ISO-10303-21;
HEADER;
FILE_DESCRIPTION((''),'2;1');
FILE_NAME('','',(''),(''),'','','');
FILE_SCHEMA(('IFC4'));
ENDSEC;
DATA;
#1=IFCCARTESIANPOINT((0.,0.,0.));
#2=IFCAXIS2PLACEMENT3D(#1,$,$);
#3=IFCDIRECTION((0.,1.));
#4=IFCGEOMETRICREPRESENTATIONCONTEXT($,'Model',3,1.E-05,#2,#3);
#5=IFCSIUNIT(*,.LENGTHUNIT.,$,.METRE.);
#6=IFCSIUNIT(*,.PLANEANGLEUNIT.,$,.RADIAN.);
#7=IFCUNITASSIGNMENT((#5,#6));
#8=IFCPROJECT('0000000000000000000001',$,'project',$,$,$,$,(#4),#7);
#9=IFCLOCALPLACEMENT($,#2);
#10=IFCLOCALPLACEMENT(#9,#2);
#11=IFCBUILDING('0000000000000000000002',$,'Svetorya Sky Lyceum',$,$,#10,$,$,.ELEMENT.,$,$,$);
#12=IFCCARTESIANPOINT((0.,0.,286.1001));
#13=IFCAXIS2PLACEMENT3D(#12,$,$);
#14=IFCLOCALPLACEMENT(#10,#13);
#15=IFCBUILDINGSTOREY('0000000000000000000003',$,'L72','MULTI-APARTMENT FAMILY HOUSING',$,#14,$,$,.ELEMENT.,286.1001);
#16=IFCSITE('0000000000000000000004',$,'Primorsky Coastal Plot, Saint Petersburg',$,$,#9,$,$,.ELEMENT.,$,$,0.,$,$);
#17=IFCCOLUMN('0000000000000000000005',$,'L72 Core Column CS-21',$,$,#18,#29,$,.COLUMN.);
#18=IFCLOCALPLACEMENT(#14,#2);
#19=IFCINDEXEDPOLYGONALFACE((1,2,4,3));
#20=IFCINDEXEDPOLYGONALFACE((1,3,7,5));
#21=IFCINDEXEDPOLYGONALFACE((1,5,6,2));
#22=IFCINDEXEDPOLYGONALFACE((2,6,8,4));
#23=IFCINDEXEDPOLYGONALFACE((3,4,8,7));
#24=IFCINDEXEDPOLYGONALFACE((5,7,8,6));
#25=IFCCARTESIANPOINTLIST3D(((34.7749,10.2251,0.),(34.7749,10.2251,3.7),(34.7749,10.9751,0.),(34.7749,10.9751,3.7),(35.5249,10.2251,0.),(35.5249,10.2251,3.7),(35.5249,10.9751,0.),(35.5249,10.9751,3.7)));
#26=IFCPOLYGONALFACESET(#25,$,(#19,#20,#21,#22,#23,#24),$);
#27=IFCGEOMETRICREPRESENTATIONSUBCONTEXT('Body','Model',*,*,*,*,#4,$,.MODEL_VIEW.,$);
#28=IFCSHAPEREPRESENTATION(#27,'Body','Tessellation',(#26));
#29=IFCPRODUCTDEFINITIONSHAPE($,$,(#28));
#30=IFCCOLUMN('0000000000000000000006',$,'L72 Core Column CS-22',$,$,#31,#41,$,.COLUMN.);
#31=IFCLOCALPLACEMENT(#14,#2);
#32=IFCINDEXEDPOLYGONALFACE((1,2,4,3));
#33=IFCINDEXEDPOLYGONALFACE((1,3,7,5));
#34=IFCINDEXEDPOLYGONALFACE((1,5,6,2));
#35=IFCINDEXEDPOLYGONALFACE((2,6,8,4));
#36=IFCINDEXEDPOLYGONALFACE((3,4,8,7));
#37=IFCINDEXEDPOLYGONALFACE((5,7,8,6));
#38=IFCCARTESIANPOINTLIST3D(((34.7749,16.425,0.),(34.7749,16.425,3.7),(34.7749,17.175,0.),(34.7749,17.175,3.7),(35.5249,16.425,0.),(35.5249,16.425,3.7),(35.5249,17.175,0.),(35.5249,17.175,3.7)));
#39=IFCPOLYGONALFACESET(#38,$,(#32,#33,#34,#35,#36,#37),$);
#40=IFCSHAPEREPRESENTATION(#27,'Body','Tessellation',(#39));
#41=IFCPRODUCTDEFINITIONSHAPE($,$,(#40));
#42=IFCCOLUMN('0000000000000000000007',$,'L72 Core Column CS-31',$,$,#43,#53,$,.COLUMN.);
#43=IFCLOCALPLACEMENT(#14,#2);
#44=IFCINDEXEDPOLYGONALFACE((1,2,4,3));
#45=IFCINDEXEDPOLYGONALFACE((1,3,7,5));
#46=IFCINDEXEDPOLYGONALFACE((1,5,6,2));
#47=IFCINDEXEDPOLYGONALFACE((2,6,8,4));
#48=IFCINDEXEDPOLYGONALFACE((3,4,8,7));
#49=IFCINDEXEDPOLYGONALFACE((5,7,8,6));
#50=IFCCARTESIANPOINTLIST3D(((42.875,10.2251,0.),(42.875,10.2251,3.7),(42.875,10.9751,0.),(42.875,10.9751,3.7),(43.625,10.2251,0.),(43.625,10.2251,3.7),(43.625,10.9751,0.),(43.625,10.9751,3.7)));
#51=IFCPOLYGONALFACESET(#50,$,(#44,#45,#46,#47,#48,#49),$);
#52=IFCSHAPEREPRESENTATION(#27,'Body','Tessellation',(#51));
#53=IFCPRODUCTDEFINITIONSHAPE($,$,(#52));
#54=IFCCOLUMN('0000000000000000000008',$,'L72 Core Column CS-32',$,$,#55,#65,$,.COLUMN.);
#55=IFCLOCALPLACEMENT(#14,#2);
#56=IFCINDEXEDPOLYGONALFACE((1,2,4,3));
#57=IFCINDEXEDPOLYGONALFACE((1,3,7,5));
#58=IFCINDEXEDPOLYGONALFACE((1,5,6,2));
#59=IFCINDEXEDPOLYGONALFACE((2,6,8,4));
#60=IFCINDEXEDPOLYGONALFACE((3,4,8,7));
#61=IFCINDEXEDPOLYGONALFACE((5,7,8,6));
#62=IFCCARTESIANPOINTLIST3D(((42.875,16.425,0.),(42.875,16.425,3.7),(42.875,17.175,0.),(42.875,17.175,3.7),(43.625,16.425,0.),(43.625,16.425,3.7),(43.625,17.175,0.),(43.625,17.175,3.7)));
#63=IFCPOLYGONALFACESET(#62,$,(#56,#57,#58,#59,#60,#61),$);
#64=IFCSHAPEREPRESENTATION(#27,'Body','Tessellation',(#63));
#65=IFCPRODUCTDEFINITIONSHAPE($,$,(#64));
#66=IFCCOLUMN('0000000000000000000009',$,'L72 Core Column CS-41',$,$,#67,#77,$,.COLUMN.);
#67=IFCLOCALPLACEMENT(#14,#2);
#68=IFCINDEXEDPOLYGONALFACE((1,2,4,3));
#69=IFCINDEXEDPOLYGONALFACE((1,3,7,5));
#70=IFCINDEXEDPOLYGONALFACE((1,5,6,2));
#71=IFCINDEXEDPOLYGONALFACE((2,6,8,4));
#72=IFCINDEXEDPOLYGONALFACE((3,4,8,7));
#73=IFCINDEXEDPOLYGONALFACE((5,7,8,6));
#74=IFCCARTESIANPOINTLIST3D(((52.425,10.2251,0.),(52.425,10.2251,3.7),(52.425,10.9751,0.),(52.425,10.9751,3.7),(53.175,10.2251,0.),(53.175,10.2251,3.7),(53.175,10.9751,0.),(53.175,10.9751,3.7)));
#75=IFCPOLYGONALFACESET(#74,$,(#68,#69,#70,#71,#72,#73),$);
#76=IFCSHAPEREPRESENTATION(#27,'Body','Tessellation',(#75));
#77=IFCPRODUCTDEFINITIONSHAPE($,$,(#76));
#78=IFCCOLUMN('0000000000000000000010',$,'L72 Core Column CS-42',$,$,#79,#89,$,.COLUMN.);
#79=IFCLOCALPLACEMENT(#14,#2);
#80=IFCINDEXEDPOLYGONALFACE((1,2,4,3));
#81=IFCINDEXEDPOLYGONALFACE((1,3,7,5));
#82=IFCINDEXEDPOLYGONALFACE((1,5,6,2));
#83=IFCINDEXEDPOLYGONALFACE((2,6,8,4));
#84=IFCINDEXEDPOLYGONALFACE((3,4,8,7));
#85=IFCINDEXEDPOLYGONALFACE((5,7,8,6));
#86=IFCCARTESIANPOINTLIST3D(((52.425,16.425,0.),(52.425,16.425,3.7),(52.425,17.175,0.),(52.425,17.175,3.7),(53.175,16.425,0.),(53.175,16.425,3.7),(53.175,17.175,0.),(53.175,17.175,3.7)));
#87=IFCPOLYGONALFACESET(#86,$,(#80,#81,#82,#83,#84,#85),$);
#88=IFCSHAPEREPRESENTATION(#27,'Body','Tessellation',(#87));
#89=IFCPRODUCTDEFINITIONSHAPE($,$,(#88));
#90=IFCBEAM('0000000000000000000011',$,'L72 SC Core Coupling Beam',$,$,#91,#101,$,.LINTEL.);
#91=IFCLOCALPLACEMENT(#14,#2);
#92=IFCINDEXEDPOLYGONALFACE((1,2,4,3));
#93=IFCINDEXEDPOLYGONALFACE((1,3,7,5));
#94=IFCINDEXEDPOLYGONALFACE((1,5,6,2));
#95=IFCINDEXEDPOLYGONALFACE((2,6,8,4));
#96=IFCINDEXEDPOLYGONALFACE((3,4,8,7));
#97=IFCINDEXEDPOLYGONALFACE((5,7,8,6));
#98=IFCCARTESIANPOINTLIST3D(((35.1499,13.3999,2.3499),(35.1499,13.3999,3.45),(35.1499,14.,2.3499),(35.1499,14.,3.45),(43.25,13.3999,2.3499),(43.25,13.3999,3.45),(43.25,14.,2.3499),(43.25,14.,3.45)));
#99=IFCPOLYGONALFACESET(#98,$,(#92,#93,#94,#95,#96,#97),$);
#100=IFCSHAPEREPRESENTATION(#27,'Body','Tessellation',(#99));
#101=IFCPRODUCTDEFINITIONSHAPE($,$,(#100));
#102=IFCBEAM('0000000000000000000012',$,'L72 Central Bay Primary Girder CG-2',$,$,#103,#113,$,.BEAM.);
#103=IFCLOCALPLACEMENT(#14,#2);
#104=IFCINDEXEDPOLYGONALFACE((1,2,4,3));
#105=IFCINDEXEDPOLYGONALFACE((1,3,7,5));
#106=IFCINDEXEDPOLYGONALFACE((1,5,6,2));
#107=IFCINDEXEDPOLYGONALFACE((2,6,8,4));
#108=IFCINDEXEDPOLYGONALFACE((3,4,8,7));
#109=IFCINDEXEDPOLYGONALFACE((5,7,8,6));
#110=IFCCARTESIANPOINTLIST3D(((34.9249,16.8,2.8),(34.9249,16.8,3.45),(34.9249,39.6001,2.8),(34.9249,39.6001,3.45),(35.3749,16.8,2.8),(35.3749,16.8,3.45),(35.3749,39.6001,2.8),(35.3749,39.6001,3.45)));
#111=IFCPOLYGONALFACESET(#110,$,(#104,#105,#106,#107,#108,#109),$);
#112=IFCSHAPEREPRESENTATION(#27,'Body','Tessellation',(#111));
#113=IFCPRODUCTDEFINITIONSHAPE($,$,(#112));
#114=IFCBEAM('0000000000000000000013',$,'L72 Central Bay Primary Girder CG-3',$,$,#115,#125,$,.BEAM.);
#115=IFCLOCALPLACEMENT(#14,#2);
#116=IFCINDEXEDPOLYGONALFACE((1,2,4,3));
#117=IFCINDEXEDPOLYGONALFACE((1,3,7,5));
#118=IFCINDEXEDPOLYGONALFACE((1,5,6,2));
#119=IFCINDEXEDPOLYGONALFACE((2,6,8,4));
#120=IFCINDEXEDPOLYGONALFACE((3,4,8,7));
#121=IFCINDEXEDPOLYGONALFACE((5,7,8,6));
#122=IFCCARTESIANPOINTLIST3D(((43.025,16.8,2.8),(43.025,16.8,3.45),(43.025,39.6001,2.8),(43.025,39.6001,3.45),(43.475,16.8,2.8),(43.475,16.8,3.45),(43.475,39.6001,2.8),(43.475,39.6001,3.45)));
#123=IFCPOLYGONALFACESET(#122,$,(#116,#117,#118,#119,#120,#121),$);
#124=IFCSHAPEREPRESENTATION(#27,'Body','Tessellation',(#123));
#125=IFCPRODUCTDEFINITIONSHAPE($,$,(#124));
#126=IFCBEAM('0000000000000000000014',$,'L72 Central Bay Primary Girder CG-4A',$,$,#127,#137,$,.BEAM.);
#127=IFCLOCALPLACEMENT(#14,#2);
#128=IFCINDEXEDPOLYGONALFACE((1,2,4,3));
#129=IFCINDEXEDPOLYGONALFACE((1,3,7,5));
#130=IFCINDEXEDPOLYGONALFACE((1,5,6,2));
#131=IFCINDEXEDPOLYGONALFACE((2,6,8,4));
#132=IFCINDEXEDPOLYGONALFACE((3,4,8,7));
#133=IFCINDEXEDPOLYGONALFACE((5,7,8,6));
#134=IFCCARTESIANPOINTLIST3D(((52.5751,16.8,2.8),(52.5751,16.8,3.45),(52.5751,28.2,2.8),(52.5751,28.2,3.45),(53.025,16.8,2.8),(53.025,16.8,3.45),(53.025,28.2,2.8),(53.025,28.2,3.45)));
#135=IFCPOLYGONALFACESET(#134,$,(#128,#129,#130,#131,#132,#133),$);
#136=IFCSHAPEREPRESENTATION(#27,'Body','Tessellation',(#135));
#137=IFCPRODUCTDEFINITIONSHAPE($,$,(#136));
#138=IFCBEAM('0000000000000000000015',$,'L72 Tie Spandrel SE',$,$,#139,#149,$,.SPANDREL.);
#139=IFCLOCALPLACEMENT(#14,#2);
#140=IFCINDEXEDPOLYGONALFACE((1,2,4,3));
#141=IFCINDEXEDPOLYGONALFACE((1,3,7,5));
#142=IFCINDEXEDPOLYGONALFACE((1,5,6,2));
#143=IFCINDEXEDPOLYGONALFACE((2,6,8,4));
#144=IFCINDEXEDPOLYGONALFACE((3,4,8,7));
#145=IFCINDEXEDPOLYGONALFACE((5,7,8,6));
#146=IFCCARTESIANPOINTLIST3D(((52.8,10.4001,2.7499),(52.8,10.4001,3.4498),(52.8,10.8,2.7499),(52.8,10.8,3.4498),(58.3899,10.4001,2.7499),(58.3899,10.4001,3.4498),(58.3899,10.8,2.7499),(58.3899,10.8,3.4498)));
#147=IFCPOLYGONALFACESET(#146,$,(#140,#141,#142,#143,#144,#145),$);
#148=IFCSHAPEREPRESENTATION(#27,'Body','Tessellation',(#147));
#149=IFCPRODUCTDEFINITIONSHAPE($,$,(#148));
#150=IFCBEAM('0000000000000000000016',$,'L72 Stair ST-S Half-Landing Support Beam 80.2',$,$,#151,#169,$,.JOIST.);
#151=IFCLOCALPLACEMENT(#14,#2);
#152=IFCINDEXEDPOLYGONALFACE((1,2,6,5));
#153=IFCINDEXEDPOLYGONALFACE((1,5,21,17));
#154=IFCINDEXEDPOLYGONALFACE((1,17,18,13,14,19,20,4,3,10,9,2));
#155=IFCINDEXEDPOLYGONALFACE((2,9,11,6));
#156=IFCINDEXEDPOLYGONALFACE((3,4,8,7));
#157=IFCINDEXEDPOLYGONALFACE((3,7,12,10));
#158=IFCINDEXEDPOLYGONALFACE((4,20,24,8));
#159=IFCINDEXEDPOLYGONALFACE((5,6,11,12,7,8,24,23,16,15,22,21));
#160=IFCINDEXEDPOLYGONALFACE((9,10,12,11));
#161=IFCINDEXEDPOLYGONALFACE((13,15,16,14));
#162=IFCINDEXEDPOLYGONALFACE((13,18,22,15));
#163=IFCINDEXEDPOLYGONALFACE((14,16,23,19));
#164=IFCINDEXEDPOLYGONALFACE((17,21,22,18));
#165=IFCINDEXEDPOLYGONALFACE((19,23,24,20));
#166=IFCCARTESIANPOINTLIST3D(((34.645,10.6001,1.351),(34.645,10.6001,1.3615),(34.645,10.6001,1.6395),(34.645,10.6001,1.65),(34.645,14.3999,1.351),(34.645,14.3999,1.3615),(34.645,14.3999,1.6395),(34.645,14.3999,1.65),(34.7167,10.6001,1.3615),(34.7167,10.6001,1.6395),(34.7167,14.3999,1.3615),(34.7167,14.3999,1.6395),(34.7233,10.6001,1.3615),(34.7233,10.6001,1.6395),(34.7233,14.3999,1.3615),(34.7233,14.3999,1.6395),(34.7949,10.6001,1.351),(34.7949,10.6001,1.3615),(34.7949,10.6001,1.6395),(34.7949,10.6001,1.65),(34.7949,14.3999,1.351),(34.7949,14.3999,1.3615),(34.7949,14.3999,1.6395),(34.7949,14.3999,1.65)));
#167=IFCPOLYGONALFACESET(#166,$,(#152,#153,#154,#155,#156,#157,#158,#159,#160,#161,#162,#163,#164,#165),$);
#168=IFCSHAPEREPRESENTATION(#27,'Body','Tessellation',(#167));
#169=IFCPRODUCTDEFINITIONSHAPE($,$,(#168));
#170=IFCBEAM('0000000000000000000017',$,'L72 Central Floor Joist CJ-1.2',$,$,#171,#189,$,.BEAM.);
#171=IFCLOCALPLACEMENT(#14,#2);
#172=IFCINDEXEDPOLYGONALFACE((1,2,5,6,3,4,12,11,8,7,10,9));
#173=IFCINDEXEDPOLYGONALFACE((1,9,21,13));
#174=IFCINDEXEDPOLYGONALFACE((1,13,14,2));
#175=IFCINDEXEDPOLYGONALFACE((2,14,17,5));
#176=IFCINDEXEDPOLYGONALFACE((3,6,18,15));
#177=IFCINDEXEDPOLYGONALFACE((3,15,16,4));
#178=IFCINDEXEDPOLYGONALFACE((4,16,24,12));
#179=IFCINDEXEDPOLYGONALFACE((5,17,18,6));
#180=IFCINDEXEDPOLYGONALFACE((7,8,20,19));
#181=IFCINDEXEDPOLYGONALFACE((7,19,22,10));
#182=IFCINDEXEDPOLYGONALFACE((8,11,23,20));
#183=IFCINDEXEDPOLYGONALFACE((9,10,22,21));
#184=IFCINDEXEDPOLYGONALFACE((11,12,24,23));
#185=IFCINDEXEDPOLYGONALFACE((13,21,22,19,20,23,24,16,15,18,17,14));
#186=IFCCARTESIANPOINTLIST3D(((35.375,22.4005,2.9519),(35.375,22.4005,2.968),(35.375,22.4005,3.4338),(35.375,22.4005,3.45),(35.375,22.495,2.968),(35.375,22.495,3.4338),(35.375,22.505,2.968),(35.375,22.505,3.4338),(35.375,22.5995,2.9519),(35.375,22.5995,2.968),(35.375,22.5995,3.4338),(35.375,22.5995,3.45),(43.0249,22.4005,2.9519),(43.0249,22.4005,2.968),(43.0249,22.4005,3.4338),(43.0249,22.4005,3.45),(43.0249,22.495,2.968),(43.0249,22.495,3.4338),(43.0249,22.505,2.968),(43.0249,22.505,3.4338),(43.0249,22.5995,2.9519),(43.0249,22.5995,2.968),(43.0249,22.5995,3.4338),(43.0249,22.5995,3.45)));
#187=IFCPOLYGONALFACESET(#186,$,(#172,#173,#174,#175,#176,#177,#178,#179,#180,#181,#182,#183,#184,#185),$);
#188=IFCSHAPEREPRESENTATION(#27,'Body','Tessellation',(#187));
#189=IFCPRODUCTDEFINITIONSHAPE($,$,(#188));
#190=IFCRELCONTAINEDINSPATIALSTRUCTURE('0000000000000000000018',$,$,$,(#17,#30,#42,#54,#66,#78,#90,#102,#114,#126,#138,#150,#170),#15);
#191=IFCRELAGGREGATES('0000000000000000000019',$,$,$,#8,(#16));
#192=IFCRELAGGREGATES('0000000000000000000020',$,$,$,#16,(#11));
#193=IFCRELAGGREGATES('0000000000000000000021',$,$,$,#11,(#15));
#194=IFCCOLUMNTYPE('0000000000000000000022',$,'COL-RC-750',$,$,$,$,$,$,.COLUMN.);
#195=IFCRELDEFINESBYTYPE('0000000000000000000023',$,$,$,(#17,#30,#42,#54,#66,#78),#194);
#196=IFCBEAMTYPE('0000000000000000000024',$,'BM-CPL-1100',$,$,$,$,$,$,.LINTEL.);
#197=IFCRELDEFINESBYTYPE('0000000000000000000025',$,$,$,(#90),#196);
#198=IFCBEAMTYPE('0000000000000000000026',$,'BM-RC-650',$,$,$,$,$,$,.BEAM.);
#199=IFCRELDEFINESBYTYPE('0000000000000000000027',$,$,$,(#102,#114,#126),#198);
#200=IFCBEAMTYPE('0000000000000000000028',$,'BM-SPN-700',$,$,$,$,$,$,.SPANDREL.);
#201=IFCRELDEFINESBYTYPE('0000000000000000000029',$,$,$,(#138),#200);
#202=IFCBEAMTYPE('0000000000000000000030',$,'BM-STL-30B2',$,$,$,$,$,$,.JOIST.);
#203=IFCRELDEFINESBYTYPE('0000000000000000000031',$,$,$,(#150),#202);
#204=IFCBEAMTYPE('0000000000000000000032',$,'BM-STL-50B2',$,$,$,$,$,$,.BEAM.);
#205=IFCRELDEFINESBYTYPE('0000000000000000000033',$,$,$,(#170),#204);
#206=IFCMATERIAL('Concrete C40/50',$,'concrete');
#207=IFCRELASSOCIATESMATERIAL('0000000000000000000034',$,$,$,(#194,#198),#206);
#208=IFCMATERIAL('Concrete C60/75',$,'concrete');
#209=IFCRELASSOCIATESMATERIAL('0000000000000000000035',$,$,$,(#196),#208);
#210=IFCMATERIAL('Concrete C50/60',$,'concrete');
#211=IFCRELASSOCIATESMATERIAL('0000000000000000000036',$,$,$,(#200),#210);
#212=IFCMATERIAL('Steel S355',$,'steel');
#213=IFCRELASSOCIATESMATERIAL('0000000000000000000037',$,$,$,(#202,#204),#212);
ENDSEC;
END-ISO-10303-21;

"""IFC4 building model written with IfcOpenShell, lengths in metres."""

from ifc_helpers import new_model, si_unit, direction, frame, origin, origin_2d, place, context, subcontext, project, spatial, rectangle, i_section, extrude, material, material_profile, profile_set, type_object, element, save


model = new_model("IFC4")

# Units and contexts
model_context = context("Model", 3, precision=1e-05, world=origin(), true_north=direction((0.0, 1.0)))
body_context = subcontext(model_context, "Body", "Model", "MODEL_VIEW")
ifc_project = project(units=[si_unit("LENGTHUNIT", "METRE"), si_unit("PLANEANGLEUNIT", "RADIAN")], contexts=[model_context])

# Site, building, storey
site_placement = place(None, origin())
site = spatial("IfcSite", under=ifc_project, at=site_placement, Name="Primorsky Coastal Plot, Saint Petersburg", CompositionType="ELEMENT", RefElevation=0.0)
building_placement = place(site_placement, origin())
building = spatial("IfcBuilding", under=site, at=building_placement, Name="Svetorya Sky Lyceum", CompositionType="ELEMENT")
storey_placement = place(building_placement, frame((0.0, 0.0, 286.1001)))
storey = spatial("IfcBuildingStorey", under=building, at=storey_placement, Name="L72", Description="MULTI-APARTMENT FAMILY HOUSING", CompositionType="ELEMENT", Elevation=286.1001)

# Columns
ifc_material_1 = material(Name="Concrete C40/50", Category="concrete")
ifc_material_profile_1 = material_profile(ifc_material_1, rectangle(XDim=0.75, YDim=0.75, at=origin_2d()), Name="RC COL 750x750")
ifc_profile_set_1 = profile_set([ifc_material_profile_1], Name="Concrete C40/50")
column_type = type_object("IfcColumnType", Name="COL-RC-750", PredefinedType="COLUMN", material=ifc_profile_set_1)
for number, where, z_axis, x_axis, name in (
    (1, (35.1499, 10.6001, 0.0), (0.0, 0.0, 1.0), (1.0, 0.0, 0.0), "L72 Core Column CS-21"),
    (2, (35.1499, 16.8, 0.0), (0.0, 0.0, 1.0), (1.0, 0.0, 0.0), "L72 Core Column CS-22"),
    (3, (43.25, 10.6001, 0.0), (0.0, 0.0, 1.0), (1.0, 0.0, 0.0), "L72 Core Column CS-31"),
    (4, (43.25, 16.8, 0.0), (0.0, 0.0, 1.0), (1.0, 0.0, 0.0), "L72 Core Column CS-32"),
    (5, (52.8, 10.6001, 0.0), (0.0, 0.0, 1.0), (1.0, 0.0, 0.0), "L72 Core Column CS-41"),
    (6, (52.8, 16.8, 0.0), (0.0, 0.0, 1.0), (1.0, 0.0, 0.0), "L72 Core Column CS-42"),
):
    element("IfcColumn", number, at=place(storey_placement, frame(where, z_axis=z_axis, x_axis=x_axis)), inside=storey, type_object=column_type, Name=name, PredefinedType="COLUMN", context=body_context, shape_type="SweptSolid", body=[
        extrude(rectangle(XDim=0.75, YDim=0.75, at=origin_2d()), origin(), (0.0, 0.0, 1.0), 3.7),
    ])

# Beams
ifc_material_2 = material(Name="Concrete C60/75", Category="concrete")
ifc_material_profile_2 = material_profile(ifc_material_2, rectangle(XDim=0.6001, YDim=1.1001, at=origin_2d()), Name="RC COUPLING 600x1100")
ifc_profile_set_2 = profile_set([ifc_material_profile_2], Name="Concrete C60/75")
beam_type_1 = type_object("IfcBeamType", Name="BM-CPL-1100", PredefinedType="LINTEL", material=ifc_profile_set_2)
beam_1_placement = place(storey_placement, frame((35.1499, 13.7, 2.8999), z_axis=(1.0, 0.0, 0.0), x_axis=(0.0, 1.0, 0.0)))
element("IfcBeam", 7, at=beam_1_placement, inside=storey, type_object=beam_type_1, Name="L72 SC Core Coupling Beam", PredefinedType="LINTEL", context=body_context, shape_type="SweptSolid", body=[
    extrude(rectangle(XDim=0.6001, YDim=1.1001, at=origin_2d()), origin(), (0.0, 0.0, 1.0), 8.1001),
])
ifc_material_profile_3 = material_profile(ifc_material_1, rectangle(XDim=0.45, YDim=0.6499, at=origin_2d()), Name="RC BEAM 450x650")
ifc_profile_set_3 = profile_set([ifc_material_profile_3], Name="Concrete C40/50")
beam_type_2 = type_object("IfcBeamType", Name="BM-RC-650", PredefinedType="BEAM", material=ifc_profile_set_3)
for number, where, z_axis, x_axis, name in (
    (8, (35.1499, 16.8, 3.125), (0.0, 1.0, 0.0), (-1.0, 0.0, 0.0), "L72 Central Bay Primary Girder CG-2"),
    (9, (43.25, 16.8, 3.125), (0.0, 1.0, 0.0), (-1.0, 0.0, 0.0), "L72 Central Bay Primary Girder CG-3"),
):
    element("IfcBeam", number, at=place(storey_placement, frame(where, z_axis=z_axis, x_axis=x_axis)), inside=storey, type_object=beam_type_2, Name=name, PredefinedType="BEAM", context=body_context, shape_type="SweptSolid", body=[
        extrude(rectangle(XDim=0.45, YDim=0.6499, at=origin_2d()), origin(), (0.0, 0.0, 1.0), 22.8),
    ])
beam_2_placement = place(storey_placement, frame((52.8, 16.8, 3.125), z_axis=(0.0, 1.0, 0.0), x_axis=(-1.0, 0.0, 0.0)))
element("IfcBeam", 10, at=beam_2_placement, inside=storey, type_object=beam_type_2, Name="L72 Central Bay Primary Girder CG-4A", PredefinedType="BEAM", context=body_context, shape_type="SweptSolid", body=[
    extrude(rectangle(XDim=0.45, YDim=0.6499, at=origin_2d()), origin(), (0.0, 0.0, 1.0), 11.3999),
])
ifc_material_3 = material(Name="Concrete C50/60", Category="concrete")
ifc_material_profile_4 = material_profile(ifc_material_3, rectangle(XDim=0.3999, YDim=0.7, at=origin_2d()), Name="RC SPANDREL 400x700")
ifc_profile_set_4 = profile_set([ifc_material_profile_4], Name="Concrete C50/60")
beam_type_3 = type_object("IfcBeamType", Name="BM-SPN-700", PredefinedType="SPANDREL", material=ifc_profile_set_4)
beam_3_placement = place(storey_placement, frame((52.8, 10.6001, 3.0999), z_axis=(1.0, 0.0, 0.0), x_axis=(0.0, 1.0, 0.0)))
element("IfcBeam", 11, at=beam_3_placement, inside=storey, type_object=beam_type_3, Name="L72 Tie Spandrel SE", PredefinedType="SPANDREL", context=body_context, shape_type="SweptSolid", body=[
    extrude(rectangle(XDim=0.3999, YDim=0.7, at=origin_2d()), origin(), (0.0, 0.0, 1.0), 5.5898),
])
ifc_material_4 = material(Name="Steel S355", Category="steel")
ifc_material_profile_5 = material_profile(ifc_material_4, i_section(OverallWidth=0.1499, OverallDepth=0.2991, WebThickness=0.0066, FlangeThickness=0.0105, at=origin_2d()), Name="GOST 30B2")
ifc_profile_set_5 = profile_set([ifc_material_profile_5], Name="Steel S355")
beam_type_4 = type_object("IfcBeamType", Name="BM-STL-30B2", PredefinedType="JOIST", material=ifc_profile_set_5)
beam_4_placement = place(storey_placement, frame((34.72, 10.6001, 1.5005), z_axis=(0.0, 1.0, 0.0), x_axis=(-1.0, 0.0, 0.0)))
element("IfcBeam", 12, at=beam_4_placement, inside=storey, type_object=beam_type_4, Name="L72 Stair ST-S Half-Landing Support Beam 80.2", PredefinedType="JOIST", context=body_context, shape_type="SweptSolid", body=[
    extrude(i_section(OverallWidth=0.1499, OverallDepth=0.2991, WebThickness=0.0066, FlangeThickness=0.0105, at=origin_2d()), origin(), (0.0, 0.0, 1.0), 3.7998),
])
ifc_material_profile_6 = material_profile(ifc_material_4, i_section(OverallWidth=0.199, OverallDepth=0.498, WebThickness=0.01, FlangeThickness=0.0161, at=origin_2d()), Name="GOST 50B2")
ifc_profile_set_6 = profile_set([ifc_material_profile_6], Name="Steel S355")
beam_type_5 = type_object("IfcBeamType", Name="BM-STL-50B2", PredefinedType="BEAM", material=ifc_profile_set_6)
beam_5_placement = place(storey_placement, frame((35.375, 22.5, 3.2009), z_axis=(1.0, 0.0, 0.0), x_axis=(0.0, 1.0, 0.0)))
element("IfcBeam", 13, at=beam_5_placement, inside=storey, type_object=beam_type_5, Name="L72 Central Floor Joist CJ-1.2", PredefinedType="BEAM", context=body_context, shape_type="SweptSolid", body=[
    extrude(i_section(OverallWidth=0.199, OverallDepth=0.498, WebThickness=0.01, FlangeThickness=0.0161, at=origin_2d()), origin(), (0.0, 0.0, 1.0), 7.6499),
])

save(model, "model.ifc")
